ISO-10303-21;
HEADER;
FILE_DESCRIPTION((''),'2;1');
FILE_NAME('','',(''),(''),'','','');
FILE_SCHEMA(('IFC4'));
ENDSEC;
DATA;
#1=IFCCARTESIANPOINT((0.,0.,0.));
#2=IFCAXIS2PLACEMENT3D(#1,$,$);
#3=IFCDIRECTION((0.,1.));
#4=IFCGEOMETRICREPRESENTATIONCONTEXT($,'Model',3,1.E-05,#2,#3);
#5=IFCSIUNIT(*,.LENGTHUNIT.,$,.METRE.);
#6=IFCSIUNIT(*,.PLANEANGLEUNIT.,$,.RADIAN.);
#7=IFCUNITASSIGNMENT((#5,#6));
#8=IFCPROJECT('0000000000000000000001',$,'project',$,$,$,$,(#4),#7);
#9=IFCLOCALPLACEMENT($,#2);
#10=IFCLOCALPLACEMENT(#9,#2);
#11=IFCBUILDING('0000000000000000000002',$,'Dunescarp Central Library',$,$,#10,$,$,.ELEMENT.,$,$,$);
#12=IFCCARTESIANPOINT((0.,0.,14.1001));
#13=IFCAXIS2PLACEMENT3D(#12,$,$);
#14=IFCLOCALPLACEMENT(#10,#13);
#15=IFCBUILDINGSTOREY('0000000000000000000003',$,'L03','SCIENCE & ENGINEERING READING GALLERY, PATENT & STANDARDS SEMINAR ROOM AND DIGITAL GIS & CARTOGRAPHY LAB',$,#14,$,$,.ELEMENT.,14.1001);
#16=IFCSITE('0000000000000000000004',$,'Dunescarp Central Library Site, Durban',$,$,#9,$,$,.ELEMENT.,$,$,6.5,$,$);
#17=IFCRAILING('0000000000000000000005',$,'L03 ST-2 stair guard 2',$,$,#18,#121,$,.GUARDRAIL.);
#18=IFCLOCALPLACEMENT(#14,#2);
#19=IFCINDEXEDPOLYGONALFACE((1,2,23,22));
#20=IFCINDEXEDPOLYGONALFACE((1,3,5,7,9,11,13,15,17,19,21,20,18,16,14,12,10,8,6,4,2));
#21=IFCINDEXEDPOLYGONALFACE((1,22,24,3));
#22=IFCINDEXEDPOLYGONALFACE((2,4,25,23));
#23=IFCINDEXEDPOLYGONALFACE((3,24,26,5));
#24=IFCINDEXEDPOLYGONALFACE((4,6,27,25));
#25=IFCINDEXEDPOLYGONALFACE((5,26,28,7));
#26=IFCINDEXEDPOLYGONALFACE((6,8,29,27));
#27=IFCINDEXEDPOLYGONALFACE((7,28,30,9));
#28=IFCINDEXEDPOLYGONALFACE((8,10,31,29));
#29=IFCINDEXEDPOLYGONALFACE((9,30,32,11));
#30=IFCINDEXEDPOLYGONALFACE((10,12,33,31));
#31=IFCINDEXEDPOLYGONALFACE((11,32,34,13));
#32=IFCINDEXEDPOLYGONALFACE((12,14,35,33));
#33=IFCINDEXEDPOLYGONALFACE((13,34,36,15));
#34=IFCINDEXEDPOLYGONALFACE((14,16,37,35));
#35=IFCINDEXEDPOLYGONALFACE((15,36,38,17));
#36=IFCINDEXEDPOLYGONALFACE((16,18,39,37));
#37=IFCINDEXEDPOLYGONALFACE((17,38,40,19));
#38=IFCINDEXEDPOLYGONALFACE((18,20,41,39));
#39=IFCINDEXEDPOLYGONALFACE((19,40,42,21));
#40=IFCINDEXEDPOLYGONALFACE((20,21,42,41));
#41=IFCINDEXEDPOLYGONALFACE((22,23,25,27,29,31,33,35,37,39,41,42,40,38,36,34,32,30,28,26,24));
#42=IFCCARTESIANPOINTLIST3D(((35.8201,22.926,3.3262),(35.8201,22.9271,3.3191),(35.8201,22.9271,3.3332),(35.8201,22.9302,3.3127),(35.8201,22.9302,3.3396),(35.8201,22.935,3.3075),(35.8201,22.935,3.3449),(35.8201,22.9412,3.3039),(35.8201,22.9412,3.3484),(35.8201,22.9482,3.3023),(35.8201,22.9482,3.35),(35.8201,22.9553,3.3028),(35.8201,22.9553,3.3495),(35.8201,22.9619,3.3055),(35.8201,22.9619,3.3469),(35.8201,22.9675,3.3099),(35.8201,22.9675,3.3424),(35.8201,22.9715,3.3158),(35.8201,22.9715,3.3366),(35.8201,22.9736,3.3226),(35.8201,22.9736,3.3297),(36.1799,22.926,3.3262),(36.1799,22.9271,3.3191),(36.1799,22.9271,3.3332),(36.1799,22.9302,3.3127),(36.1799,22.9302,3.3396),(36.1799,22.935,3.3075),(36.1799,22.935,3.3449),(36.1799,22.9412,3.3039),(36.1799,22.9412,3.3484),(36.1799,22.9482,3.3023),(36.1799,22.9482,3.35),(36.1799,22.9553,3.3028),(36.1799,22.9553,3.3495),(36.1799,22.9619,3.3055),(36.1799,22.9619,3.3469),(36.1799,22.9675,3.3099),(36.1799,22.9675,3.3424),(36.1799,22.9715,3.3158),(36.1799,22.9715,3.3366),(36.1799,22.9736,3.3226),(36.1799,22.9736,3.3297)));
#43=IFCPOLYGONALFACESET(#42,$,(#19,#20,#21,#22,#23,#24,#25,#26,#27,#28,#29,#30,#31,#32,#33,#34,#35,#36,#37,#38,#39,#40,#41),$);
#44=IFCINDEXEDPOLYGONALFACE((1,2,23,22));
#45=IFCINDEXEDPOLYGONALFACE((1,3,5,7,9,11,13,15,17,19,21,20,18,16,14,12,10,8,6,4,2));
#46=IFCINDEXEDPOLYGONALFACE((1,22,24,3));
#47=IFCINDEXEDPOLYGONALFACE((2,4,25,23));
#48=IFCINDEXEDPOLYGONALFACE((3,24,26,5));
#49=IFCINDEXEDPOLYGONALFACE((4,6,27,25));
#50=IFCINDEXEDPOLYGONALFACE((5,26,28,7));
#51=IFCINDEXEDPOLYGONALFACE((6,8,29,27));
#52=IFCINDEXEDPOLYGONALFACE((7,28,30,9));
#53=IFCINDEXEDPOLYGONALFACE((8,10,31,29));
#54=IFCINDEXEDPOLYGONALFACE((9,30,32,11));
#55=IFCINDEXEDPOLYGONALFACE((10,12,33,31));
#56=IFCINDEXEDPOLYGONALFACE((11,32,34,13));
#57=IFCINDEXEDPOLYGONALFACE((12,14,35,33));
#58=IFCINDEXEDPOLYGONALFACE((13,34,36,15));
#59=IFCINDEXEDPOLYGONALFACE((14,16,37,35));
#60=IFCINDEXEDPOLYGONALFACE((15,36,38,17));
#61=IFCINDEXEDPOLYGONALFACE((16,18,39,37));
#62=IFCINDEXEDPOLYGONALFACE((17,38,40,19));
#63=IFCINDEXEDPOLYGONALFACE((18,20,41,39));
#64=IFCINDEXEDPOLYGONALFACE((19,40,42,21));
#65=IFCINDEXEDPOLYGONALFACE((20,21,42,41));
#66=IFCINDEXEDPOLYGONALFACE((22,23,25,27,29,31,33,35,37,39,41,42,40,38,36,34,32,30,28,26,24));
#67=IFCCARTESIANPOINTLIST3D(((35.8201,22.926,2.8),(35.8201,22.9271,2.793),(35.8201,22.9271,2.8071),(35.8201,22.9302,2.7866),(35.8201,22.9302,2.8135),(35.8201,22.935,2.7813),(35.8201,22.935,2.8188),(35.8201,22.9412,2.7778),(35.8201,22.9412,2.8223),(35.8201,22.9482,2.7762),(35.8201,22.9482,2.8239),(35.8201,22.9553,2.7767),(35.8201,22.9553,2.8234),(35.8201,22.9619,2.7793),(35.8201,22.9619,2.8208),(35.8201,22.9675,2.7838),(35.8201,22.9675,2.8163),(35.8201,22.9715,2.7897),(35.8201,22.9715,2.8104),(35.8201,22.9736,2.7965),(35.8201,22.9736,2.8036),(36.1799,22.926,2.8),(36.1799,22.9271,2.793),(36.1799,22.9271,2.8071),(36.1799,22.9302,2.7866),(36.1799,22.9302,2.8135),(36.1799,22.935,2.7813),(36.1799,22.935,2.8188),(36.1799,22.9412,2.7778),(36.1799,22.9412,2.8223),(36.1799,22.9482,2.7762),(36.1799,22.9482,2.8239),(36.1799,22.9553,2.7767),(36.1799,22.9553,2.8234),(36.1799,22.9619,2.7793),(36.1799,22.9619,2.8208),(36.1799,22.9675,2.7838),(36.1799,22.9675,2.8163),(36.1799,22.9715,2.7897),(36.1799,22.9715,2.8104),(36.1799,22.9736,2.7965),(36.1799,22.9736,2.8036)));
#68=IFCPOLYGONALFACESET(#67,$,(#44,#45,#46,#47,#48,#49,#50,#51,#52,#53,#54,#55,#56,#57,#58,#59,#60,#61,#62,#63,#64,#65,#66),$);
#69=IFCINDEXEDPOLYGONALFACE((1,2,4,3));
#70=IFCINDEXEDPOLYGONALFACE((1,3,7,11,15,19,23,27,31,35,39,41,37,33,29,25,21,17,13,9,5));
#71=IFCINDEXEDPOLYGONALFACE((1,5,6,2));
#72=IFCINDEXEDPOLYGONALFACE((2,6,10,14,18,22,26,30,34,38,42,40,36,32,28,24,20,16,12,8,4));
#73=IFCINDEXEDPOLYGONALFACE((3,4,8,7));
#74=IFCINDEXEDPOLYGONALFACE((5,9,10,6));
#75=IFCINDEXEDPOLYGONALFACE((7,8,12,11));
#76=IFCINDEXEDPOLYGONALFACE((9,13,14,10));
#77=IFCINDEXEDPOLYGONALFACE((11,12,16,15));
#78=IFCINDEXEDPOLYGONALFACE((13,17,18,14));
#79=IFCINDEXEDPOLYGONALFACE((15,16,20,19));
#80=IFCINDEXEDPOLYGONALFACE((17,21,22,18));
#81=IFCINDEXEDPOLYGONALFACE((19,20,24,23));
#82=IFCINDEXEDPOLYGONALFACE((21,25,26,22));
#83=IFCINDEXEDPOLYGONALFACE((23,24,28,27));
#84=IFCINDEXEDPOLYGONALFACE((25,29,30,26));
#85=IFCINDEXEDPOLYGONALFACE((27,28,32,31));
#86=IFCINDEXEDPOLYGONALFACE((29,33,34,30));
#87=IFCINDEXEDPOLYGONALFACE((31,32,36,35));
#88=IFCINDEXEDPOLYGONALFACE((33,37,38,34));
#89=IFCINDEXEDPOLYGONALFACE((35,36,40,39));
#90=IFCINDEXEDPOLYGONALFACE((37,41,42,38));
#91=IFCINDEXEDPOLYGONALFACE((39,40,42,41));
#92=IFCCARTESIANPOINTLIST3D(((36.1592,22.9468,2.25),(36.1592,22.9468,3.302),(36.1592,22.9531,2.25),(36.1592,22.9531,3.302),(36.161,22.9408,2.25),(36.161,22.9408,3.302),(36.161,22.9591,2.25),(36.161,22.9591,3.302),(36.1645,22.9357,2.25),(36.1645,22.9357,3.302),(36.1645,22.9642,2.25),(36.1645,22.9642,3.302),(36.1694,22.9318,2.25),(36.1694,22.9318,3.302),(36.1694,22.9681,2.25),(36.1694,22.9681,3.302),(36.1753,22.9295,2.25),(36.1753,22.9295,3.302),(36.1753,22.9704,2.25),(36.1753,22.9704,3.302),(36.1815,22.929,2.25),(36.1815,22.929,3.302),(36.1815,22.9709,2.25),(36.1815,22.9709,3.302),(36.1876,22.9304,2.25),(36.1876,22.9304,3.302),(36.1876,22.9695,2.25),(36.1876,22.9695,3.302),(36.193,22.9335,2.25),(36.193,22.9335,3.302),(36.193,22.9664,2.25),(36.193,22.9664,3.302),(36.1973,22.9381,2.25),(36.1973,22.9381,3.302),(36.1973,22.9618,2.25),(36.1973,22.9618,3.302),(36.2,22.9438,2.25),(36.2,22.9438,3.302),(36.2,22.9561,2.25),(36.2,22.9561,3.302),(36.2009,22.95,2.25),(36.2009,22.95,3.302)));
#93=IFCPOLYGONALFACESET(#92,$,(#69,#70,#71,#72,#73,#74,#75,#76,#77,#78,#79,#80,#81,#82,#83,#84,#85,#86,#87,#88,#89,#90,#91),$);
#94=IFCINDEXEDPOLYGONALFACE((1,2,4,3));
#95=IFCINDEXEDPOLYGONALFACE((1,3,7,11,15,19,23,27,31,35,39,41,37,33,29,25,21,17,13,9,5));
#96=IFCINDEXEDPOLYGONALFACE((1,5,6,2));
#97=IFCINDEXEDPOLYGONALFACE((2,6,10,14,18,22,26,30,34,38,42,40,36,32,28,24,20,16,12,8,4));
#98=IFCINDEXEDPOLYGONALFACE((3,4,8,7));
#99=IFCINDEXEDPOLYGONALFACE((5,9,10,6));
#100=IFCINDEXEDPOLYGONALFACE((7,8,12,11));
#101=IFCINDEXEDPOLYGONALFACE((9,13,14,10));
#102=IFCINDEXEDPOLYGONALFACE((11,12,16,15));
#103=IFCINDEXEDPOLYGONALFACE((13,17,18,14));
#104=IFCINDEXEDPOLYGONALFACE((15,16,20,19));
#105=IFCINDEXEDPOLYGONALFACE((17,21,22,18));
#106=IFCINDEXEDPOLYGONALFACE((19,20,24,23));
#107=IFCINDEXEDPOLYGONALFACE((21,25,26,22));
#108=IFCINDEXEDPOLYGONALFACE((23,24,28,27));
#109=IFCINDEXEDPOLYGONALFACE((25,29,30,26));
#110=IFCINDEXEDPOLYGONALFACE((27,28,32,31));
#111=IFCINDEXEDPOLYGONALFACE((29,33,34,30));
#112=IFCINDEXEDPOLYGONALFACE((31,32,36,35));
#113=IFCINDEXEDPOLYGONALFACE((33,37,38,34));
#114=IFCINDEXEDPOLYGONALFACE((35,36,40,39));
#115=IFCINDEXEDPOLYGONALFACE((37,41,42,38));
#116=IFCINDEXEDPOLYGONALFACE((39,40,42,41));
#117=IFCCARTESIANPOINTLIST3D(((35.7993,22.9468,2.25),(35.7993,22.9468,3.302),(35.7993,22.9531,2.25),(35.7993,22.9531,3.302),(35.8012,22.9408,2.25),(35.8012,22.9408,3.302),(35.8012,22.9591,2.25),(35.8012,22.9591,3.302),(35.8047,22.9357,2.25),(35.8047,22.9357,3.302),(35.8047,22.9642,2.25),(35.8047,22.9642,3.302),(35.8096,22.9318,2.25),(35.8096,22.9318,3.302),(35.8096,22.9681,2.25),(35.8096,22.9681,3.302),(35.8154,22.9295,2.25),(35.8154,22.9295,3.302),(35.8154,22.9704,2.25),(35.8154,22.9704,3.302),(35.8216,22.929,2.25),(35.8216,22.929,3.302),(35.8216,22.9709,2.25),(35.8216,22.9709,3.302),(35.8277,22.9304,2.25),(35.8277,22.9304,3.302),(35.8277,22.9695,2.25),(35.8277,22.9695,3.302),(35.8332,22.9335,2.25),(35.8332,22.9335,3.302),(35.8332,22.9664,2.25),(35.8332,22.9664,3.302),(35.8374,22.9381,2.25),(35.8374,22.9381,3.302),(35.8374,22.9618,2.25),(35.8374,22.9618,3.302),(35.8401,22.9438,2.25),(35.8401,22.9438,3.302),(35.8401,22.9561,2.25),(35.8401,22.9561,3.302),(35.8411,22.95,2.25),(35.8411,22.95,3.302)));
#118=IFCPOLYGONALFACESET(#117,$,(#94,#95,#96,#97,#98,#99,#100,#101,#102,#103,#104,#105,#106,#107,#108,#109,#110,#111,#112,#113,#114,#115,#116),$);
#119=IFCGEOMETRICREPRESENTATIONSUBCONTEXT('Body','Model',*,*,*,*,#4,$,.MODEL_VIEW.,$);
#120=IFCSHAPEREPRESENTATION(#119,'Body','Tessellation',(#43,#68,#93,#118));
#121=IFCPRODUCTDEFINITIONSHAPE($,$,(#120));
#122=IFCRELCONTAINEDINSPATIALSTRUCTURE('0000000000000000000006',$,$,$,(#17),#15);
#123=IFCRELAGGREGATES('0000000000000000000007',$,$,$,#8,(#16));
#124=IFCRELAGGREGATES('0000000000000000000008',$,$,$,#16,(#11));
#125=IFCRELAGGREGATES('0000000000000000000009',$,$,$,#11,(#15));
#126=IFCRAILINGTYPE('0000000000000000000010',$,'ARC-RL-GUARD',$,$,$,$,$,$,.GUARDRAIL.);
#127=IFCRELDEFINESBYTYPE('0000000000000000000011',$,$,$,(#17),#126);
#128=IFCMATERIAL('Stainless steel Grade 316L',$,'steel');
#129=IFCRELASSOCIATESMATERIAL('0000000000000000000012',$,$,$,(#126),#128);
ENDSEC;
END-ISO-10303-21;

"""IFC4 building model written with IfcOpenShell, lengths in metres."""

from ifc_helpers import new_model, si_unit, direction, frame, origin, origin_2d, place, context, subcontext, project, spatial, circle, extrude, material, type_object, element, save


model = new_model("IFC4")

# Units and contexts
model_context = context("Model", 3, precision=1e-05, world=origin(), true_north=direction((0.0, 1.0)))
body_context = subcontext(model_context, "Body", "Model", "MODEL_VIEW")
ifc_project = project(units=[si_unit("LENGTHUNIT", "METRE"), si_unit("PLANEANGLEUNIT", "RADIAN")], contexts=[model_context])

# Site, building, storey
site_placement = place(None, origin())
site = spatial("IfcSite", under=ifc_project, at=site_placement, Name="Dunescarp Central Library Site, Durban", CompositionType="ELEMENT", RefElevation=6.5)
building_placement = place(site_placement, origin())
building = spatial("IfcBuilding", under=site, at=building_placement, Name="Dunescarp Central Library", CompositionType="ELEMENT")
storey_placement = place(building_placement, frame((0.0, 0.0, 14.1001)))
storey = spatial("IfcBuildingStorey", under=building, at=storey_placement, Name="L03", Description="SCIENCE & ENGINEERING READING GALLERY, PATENT & STANDARDS SEMINAR ROOM AND DIGITAL GIS & CARTOGRAPHY LAB", CompositionType="ELEMENT", Elevation=14.1001)

# Railing
ifc_material_1 = material(Name="Stainless steel Grade 316L", Category="steel")
railing_type_1 = type_object("IfcRailingType", Name="ARC-RL-GUARD", PredefinedType="GUARDRAIL", material=ifc_material_1)
railing_1_placement = place(storey_placement, frame((36.1799, 22.95, 2.25)))
element("IfcRailing", 1, at=railing_1_placement, inside=storey, type_object=railing_type_1, Name="L03 ST-2 stair guard 2", PredefinedType="GUARDRAIL", context=body_context, shape_type="SweptSolid", body=[
    extrude(circle(Radius=0.0239, at=origin_2d()), frame((0.0, 0.0, 1.0762), z_axis=(-1.0, 0.0, 0.0), x_axis=(0.0, -1.0, 0.0)), (0.0, 0.0, 1.0), 0.3599),
    extrude(circle(Radius=0.0239, at=origin_2d()), frame((0.0, 0.0, 0.55), z_axis=(-1.0, 0.0, 0.0), x_axis=(0.0, -1.0, 0.0)), (0.0, 0.0, 1.0), 0.3599),
    extrude(circle(Radius=0.021, at=origin_2d()), origin(), (0.0, 0.0, 1.0), 1.052),
    extrude(circle(Radius=0.021, at=origin_2d()), frame((-0.3599, 0.0, 0.0)), (0.0, 0.0, 1.0), 1.052),
])

save(model, "model.ifc")
